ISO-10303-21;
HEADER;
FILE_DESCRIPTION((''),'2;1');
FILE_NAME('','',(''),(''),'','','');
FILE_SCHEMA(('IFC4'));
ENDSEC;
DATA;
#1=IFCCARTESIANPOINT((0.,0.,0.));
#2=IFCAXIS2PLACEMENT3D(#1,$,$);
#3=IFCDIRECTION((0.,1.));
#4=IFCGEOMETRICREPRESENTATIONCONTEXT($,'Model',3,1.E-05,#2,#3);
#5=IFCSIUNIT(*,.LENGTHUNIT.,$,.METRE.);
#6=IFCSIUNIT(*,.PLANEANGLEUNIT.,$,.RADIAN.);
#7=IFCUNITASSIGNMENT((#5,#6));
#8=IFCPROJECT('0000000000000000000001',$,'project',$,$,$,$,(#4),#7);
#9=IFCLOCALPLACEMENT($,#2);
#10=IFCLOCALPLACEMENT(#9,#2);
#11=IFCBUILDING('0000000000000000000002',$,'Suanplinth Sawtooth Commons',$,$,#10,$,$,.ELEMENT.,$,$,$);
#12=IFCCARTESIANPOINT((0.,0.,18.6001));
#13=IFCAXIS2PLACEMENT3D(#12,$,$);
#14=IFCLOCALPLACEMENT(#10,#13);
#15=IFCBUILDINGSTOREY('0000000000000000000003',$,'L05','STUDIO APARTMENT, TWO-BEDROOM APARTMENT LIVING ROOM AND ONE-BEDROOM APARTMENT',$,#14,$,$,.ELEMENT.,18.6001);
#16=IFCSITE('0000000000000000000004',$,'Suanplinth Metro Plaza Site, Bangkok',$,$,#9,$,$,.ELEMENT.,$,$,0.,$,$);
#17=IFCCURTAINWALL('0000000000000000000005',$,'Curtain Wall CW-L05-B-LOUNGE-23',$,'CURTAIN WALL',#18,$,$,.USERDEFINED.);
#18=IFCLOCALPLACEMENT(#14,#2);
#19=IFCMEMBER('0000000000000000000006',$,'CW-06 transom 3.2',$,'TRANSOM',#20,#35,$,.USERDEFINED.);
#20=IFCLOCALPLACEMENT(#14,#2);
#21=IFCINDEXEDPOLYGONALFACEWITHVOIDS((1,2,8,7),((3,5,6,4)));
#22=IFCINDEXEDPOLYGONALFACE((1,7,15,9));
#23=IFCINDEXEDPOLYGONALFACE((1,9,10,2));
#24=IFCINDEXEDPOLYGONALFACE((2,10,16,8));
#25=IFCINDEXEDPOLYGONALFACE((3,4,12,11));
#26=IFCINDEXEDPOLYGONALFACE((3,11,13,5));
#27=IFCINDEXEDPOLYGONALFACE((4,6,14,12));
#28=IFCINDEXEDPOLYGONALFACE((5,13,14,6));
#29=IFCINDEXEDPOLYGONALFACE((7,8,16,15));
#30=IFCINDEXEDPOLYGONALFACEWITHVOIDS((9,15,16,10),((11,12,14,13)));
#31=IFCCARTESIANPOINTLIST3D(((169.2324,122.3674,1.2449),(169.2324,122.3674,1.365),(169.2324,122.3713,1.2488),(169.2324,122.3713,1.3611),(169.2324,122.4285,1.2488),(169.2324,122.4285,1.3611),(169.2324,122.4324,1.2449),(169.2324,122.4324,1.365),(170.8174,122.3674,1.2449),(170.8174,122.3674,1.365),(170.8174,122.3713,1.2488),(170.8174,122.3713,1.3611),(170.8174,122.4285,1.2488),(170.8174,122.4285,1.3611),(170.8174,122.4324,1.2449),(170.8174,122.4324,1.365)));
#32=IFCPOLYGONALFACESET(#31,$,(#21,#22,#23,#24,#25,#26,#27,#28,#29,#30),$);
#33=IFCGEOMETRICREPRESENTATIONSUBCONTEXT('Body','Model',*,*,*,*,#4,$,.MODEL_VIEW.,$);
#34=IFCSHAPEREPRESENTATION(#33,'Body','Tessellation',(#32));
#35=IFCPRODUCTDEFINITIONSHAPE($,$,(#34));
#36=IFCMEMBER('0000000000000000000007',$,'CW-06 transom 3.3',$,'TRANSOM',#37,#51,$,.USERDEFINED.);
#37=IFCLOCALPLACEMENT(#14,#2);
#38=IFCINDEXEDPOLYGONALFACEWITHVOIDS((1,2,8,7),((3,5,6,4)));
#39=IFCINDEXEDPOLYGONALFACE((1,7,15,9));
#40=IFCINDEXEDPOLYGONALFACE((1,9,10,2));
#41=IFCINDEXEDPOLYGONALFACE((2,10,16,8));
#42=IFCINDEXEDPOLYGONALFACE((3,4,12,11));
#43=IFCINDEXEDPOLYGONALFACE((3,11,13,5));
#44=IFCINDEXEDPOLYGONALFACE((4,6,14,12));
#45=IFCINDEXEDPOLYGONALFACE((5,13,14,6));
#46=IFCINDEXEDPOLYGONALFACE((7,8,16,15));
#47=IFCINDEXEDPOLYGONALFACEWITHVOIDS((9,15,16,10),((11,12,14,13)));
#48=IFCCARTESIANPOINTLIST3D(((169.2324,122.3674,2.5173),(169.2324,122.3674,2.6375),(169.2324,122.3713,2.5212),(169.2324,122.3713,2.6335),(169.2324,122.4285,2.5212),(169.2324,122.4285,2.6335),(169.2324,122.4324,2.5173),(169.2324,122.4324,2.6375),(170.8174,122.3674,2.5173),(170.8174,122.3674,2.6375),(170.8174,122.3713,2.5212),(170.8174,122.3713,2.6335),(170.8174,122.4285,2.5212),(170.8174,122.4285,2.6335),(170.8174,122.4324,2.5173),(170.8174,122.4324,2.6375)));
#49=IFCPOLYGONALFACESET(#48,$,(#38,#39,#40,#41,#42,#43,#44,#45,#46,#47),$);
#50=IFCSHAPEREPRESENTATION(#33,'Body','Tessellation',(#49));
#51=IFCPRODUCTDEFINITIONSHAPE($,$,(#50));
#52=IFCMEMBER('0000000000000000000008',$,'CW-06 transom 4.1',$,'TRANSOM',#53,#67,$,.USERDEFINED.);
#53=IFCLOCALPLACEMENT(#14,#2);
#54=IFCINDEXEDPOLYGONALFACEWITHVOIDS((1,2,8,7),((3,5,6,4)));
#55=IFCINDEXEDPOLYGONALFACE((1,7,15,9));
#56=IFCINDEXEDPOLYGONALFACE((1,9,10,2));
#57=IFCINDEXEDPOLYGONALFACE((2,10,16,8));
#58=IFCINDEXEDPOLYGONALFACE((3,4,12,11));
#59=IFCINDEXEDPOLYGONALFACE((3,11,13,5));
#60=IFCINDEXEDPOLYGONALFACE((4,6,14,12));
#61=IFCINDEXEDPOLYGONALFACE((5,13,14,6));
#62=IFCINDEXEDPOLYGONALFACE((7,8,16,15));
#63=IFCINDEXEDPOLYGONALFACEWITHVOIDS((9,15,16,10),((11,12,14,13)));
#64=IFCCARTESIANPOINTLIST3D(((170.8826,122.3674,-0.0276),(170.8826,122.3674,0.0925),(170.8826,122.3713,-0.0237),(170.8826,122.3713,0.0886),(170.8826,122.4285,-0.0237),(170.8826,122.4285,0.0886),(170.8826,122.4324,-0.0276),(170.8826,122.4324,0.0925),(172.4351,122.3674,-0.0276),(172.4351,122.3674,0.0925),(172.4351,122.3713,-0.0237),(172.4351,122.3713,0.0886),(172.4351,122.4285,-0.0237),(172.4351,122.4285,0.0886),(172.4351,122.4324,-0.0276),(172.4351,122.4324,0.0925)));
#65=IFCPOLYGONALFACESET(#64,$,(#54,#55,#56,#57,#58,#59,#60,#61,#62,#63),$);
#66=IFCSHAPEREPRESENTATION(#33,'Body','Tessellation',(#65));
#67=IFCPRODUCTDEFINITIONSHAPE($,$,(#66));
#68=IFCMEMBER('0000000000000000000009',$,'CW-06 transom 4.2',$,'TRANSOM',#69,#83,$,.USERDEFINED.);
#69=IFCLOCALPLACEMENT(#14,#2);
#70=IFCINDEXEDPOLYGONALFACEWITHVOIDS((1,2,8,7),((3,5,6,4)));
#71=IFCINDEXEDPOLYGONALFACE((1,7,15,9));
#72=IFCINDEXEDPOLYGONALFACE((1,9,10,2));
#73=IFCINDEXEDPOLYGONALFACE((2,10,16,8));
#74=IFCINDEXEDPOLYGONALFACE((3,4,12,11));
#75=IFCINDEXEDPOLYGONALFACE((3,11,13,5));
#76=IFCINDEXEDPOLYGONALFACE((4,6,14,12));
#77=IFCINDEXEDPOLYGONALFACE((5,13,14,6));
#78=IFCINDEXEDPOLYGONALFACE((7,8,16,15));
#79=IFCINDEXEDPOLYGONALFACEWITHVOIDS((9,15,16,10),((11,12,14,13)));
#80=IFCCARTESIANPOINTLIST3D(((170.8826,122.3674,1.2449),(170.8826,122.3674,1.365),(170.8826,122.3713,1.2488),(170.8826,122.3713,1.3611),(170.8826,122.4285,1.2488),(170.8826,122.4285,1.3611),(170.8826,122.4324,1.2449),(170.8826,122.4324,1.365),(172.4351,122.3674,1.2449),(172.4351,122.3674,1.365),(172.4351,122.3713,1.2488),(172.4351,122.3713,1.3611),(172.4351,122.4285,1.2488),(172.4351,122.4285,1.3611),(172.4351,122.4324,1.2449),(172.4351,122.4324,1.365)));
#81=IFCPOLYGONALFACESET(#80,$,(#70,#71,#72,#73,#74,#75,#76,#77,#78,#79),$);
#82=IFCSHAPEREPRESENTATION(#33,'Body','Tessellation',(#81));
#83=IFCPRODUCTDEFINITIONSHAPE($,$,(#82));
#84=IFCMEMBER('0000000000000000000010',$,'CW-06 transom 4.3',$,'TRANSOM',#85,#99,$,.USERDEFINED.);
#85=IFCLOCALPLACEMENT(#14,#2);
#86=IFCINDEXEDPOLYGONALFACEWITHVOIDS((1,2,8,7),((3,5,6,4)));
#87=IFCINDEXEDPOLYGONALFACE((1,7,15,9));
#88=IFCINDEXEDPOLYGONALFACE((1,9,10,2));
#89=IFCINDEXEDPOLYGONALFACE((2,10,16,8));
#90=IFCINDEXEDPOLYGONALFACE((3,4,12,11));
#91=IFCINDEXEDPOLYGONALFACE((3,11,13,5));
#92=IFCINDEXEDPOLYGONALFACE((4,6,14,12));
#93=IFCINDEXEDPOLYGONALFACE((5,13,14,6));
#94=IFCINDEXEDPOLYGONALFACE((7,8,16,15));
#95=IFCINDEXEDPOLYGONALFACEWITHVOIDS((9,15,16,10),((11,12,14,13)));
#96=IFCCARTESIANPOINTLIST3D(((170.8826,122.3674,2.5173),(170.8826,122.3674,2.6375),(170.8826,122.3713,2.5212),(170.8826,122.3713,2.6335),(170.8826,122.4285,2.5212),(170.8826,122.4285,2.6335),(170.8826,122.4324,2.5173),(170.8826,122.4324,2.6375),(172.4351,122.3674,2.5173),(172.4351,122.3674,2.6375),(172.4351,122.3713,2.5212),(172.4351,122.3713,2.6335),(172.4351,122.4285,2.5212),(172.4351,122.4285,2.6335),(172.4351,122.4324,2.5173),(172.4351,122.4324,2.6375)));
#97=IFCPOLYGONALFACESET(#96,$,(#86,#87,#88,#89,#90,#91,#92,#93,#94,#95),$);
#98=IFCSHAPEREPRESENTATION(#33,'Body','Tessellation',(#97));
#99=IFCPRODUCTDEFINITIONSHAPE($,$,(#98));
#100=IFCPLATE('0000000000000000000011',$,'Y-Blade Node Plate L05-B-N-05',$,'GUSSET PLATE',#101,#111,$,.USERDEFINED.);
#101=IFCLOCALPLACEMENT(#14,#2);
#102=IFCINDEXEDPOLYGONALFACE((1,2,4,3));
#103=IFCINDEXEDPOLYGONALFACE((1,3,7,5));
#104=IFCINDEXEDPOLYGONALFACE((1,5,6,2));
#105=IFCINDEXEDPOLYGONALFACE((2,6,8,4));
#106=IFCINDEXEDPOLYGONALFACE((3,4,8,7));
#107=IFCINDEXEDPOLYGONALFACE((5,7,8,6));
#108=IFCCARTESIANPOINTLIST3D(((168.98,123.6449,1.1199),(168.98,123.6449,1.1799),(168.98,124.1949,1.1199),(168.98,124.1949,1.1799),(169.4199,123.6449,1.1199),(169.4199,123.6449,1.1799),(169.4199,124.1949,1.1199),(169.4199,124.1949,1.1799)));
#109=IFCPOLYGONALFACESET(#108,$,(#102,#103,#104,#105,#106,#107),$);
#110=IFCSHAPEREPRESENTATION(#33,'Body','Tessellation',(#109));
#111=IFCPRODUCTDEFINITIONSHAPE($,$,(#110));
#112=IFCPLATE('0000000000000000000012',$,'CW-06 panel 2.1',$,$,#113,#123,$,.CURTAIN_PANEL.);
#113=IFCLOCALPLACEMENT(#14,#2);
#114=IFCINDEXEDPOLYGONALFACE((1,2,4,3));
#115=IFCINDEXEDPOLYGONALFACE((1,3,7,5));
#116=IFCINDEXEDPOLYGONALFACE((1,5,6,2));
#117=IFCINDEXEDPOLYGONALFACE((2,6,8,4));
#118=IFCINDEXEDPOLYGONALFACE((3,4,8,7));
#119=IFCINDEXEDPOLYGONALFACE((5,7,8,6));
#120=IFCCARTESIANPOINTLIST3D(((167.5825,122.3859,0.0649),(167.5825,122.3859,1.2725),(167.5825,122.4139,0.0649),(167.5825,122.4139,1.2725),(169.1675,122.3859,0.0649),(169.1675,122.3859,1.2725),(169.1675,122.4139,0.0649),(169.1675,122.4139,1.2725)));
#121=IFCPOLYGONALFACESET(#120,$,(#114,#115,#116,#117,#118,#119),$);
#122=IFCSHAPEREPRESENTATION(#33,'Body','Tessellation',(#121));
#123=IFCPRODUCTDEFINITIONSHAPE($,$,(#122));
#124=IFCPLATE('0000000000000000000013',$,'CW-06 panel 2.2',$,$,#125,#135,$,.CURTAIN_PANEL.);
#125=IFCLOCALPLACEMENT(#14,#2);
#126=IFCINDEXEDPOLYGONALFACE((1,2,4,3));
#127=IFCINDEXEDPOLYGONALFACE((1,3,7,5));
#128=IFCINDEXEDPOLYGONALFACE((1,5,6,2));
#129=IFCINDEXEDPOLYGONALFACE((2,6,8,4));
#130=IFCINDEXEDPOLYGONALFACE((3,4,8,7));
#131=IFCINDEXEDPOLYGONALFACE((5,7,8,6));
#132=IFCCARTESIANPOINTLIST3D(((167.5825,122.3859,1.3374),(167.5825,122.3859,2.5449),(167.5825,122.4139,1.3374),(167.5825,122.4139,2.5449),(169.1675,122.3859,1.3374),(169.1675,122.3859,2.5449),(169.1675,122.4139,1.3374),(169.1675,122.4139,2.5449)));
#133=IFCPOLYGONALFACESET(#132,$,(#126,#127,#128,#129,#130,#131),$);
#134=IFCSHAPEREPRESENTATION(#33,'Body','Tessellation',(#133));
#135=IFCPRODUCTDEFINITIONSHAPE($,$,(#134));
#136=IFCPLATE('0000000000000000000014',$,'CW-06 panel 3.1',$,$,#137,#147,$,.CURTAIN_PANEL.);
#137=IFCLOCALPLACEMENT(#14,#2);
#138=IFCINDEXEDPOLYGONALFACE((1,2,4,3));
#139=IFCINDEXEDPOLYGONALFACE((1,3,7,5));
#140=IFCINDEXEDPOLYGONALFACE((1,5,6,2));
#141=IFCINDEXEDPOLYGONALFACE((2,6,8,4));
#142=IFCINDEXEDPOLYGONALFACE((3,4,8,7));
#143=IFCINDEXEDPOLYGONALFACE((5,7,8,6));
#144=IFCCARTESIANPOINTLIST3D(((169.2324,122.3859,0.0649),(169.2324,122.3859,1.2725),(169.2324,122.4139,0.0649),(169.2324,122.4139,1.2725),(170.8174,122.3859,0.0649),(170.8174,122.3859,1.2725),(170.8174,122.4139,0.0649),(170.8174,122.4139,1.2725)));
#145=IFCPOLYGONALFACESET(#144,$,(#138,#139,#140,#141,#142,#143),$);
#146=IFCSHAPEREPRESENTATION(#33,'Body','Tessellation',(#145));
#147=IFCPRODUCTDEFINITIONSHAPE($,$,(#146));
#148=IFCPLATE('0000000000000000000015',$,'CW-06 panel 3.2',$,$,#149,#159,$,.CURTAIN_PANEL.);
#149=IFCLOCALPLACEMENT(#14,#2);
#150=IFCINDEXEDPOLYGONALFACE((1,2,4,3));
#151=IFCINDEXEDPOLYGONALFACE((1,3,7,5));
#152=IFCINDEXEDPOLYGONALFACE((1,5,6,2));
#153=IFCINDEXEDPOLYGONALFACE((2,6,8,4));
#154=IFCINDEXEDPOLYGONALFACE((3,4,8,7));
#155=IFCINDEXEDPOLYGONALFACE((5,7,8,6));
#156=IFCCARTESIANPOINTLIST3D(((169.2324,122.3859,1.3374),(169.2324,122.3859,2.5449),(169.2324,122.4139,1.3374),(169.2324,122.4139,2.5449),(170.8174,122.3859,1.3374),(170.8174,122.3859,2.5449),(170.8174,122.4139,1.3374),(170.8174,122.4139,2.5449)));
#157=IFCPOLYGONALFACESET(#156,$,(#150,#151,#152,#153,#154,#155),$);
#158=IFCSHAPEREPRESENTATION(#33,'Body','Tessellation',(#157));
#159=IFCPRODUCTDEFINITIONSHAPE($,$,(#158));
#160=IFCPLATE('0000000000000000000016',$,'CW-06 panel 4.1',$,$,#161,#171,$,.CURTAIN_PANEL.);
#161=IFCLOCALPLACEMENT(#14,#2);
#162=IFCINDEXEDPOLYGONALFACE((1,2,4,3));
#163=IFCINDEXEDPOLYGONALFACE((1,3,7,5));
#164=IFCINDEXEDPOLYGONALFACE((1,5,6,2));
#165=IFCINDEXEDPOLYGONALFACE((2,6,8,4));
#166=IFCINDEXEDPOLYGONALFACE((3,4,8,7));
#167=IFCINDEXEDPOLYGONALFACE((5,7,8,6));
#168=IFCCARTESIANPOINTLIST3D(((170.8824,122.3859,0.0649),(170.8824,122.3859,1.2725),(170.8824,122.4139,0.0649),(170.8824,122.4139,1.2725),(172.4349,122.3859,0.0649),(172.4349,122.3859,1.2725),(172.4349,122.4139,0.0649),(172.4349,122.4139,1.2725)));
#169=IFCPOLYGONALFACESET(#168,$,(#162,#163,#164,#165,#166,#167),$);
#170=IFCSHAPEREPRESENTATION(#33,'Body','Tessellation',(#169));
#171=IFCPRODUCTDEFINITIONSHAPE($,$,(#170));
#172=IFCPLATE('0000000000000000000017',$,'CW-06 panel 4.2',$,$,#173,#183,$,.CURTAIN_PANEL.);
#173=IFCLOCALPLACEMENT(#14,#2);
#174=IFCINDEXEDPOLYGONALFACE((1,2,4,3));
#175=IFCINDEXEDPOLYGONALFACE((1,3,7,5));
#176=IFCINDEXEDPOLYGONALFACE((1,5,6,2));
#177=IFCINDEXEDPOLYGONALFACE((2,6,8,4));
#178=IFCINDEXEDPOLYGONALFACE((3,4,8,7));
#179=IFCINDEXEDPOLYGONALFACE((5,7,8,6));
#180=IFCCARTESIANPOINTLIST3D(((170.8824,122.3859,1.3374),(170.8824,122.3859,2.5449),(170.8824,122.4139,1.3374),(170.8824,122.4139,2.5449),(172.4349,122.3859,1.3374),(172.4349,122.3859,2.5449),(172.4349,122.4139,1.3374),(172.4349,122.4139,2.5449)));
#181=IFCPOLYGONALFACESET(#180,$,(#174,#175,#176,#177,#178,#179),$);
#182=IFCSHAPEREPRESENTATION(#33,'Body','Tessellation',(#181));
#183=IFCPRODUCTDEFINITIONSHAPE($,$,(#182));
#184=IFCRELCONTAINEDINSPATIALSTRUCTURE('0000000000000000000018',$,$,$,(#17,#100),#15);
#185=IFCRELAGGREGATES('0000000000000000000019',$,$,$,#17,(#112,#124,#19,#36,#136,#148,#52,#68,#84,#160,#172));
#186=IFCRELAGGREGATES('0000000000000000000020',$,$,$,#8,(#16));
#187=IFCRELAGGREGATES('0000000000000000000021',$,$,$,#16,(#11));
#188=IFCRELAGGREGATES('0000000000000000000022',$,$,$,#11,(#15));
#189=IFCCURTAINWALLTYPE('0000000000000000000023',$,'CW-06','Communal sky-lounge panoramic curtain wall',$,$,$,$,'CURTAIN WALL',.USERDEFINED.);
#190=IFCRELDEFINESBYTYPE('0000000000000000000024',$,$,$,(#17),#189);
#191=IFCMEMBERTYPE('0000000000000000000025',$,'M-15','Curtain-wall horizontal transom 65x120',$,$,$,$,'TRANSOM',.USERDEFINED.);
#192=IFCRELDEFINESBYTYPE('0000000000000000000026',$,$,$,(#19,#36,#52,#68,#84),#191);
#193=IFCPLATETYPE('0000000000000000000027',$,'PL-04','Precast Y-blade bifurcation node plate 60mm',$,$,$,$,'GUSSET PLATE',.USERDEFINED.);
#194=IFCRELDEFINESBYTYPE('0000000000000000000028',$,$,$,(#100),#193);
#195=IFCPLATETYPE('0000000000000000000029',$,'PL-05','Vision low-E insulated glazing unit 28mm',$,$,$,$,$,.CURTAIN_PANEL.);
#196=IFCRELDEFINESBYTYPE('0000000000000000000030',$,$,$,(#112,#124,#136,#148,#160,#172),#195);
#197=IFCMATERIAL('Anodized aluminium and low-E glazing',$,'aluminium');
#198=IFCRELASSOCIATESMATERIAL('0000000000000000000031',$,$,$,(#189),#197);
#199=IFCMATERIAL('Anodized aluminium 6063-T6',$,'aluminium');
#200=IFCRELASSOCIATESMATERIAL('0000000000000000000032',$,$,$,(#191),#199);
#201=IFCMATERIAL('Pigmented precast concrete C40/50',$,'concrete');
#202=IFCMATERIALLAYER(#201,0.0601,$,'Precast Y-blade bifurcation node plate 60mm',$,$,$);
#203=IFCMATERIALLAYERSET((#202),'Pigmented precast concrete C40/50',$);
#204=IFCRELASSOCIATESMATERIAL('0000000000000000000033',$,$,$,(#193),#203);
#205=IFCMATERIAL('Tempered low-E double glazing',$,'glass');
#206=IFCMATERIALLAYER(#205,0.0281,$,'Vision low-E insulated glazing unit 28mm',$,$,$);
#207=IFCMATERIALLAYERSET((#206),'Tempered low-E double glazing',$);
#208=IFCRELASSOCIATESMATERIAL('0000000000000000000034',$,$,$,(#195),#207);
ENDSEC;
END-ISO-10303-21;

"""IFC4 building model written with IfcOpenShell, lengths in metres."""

from ifc_helpers import new_model, si_unit, direction, frame, origin, origin_2d, place, context, subcontext, project, spatial, rectangle, hollow_rectangle, extrude, material, layer, layer_set, material_profile, profile_set, type_object, element, aggregate, save


model = new_model("IFC4")

# Units and contexts
model_context = context("Model", 3, precision=1e-05, world=origin(), true_north=direction((0.0, 1.0)))
body_context = subcontext(model_context, "Body", "Model", "MODEL_VIEW")
ifc_project = project(units=[si_unit("LENGTHUNIT", "METRE"), si_unit("PLANEANGLEUNIT", "RADIAN")], contexts=[model_context])

# Site, building, storey
site_placement = place(None, origin())
site = spatial("IfcSite", under=ifc_project, at=site_placement, Name="Suanplinth Metro Plaza Site, Bangkok", CompositionType="ELEMENT", RefElevation=0.0)
building_placement = place(site_placement, origin())
building = spatial("IfcBuilding", under=site, at=building_placement, Name="Suanplinth Sawtooth Commons", CompositionType="ELEMENT")
storey_placement = place(building_placement, frame((0.0, 0.0, 18.6001)))
storey = spatial("IfcBuildingStorey", under=building, at=storey_placement, Name="L05", Description="STUDIO APARTMENT, TWO-BEDROOM APARTMENT LIVING ROOM AND ONE-BEDROOM APARTMENT", CompositionType="ELEMENT", Elevation=18.6001)

# Shared definitions
ifc_material_1 = material(Name="Pigmented precast concrete C40/50", Category="concrete")

# Curtain wall, members
ifc_material_2 = material(Name="Anodized aluminium and low-E glazing", Category="aluminium")
curtain_wall_type = type_object("IfcCurtainWallType", Name="CW-06", Description="Communal sky-lounge panoramic curtain wall", ElementType="CURTAIN WALL", PredefinedType="USERDEFINED", material=ifc_material_2)
curtain_wall_placement = place(storey_placement, origin())
curtain_wall = element("IfcCurtainWall", 1, at=curtain_wall_placement, inside=storey, type_object=curtain_wall_type, Name="Curtain Wall CW-L05-B-LOUNGE-23", ObjectType="CURTAIN WALL", PredefinedType="USERDEFINED")
ifc_material_3 = material(Name="Anodized aluminium 6063-T6", Category="aluminium")
ifc_material_profile_1 = material_profile(ifc_material_3, hollow_rectangle(XDim=0.0649, YDim=0.1201, WallThickness=0.0039, at=origin_2d()), Name="ALU-TRN 65x120")
ifc_profile_set_1 = profile_set([ifc_material_profile_1], Name="Anodized aluminium 6063-T6")
member_type_1 = type_object("IfcMemberType", Name="M-15", Description="Curtain-wall horizontal transom 65x120", ElementType="TRANSOM", PredefinedType="USERDEFINED", material=ifc_profile_set_1)
member_1_placement = place(storey_placement, frame((169.2324, 122.3999, 1.3049), z_axis=(1.0, 0.0, 0.0), x_axis=(0.0, 1.0, 0.0)))
member_1 = element("IfcMember", 2, at=member_1_placement, type_object=member_type_1, Name="CW-06 transom 3.2", ObjectType="TRANSOM", PredefinedType="USERDEFINED", context=body_context, shape_type="SweptSolid", body=[
    extrude(hollow_rectangle(XDim=0.0649, YDim=0.1201, WallThickness=0.0039, at=origin_2d()), origin(), (0.0, 0.0, 1.0), 1.585),
])
member_2_placement = place(storey_placement, frame((169.2324, 122.3999, 2.5774), z_axis=(1.0, 0.0, 0.0), x_axis=(0.0, 1.0, 0.0)))
member_2 = element("IfcMember", 3, at=member_2_placement, type_object=member_type_1, Name="CW-06 transom 3.3", ObjectType="TRANSOM", PredefinedType="USERDEFINED", context=body_context, shape_type="SweptSolid", body=[
    extrude(hollow_rectangle(XDim=0.0649, YDim=0.1201, WallThickness=0.0039, at=origin_2d()), origin(), (0.0, 0.0, 1.0), 1.585),
])
member_3_placement = place(storey_placement, frame((170.8826, 122.3999, 0.0325), z_axis=(1.0, 0.0, 0.0), x_axis=(0.0, 1.0, 0.0)))
member_3 = element("IfcMember", 4, at=member_3_placement, type_object=member_type_1, Name="CW-06 transom 4.1", ObjectType="TRANSOM", PredefinedType="USERDEFINED", context=body_context, shape_type="SweptSolid", body=[
    extrude(hollow_rectangle(XDim=0.0649, YDim=0.1201, WallThickness=0.0039, at=origin_2d()), origin(), (0.0, 0.0, 1.0), 1.5525),
])
member_4_placement = place(storey_placement, frame((170.8826, 122.3999, 1.3049), z_axis=(1.0, 0.0, 0.0), x_axis=(0.0, 1.0, 0.0)))
member_4 = element("IfcMember", 5, at=member_4_placement, type_object=member_type_1, Name="CW-06 transom 4.2", ObjectType="TRANSOM", PredefinedType="USERDEFINED", context=body_context, shape_type="SweptSolid", body=[
    extrude(hollow_rectangle(XDim=0.0649, YDim=0.1201, WallThickness=0.0039, at=origin_2d()), origin(), (0.0, 0.0, 1.0), 1.5525),
])
member_5_placement = place(storey_placement, frame((170.8826, 122.3999, 2.5774), z_axis=(1.0, 0.0, 0.0), x_axis=(0.0, 1.0, 0.0)))
member_5 = element("IfcMember", 6, at=member_5_placement, type_object=member_type_1, Name="CW-06 transom 4.3", ObjectType="TRANSOM", PredefinedType="USERDEFINED", context=body_context, shape_type="SweptSolid", body=[
    extrude(hollow_rectangle(XDim=0.0649, YDim=0.1201, WallThickness=0.0039, at=origin_2d()), origin(), (0.0, 0.0, 1.0), 1.5525),
])

# Plates
ifc_layer_1 = layer(ifc_material_1, 0.0601, Name="Precast Y-blade bifurcation node plate 60mm")
ifc_layer_set_1 = layer_set([ifc_layer_1], Name="Pigmented precast concrete C40/50")
plate_type_1 = type_object("IfcPlateType", Name="PL-04", Description="Precast Y-blade bifurcation node plate 60mm", ElementType="GUSSET PLATE", PredefinedType="USERDEFINED", material=ifc_layer_set_1)
plate_1_placement = place(storey_placement, frame((169.2, 123.9199, 1.1199), z_axis=(0.0, 0.0, 1.0), x_axis=(1.0, 0.0, 0.0)))
element("IfcPlate", 7, at=plate_1_placement, inside=storey, type_object=plate_type_1, Name="Y-Blade Node Plate L05-B-N-05", ObjectType="GUSSET PLATE", PredefinedType="USERDEFINED", context=body_context, shape_type="SweptSolid", body=[
    extrude(rectangle(XDim=0.4399, YDim=0.55, at=origin_2d()), origin(), (0.0, 0.0, 1.0), 0.0601),
])
ifc_material_4 = material(Name="Tempered low-E double glazing", Category="glass")
ifc_layer_2 = layer(ifc_material_4, 0.0281, Name="Vision low-E insulated glazing unit 28mm")
ifc_layer_set_2 = layer_set([ifc_layer_2], Name="Tempered low-E double glazing")
plate_type_2 = type_object("IfcPlateType", Name="PL-05", Description="Vision low-E insulated glazing unit 28mm", PredefinedType="CURTAIN_PANEL", material=ifc_layer_set_2)
plate_2_placement = place(storey_placement, frame((168.375, 122.3999, 0.0649), z_axis=(0.0, 0.0, 1.0), x_axis=(1.0, 0.0, 0.0)))
plate_2 = element("IfcPlate", 8, at=plate_2_placement, type_object=plate_type_2, Name="CW-06 panel 2.1", PredefinedType="CURTAIN_PANEL", context=body_context, shape_type="SweptSolid", body=[
    extrude(rectangle(XDim=1.585, YDim=0.0281, at=origin_2d()), origin(), (0.0, 0.0, 1.0), 1.2075),
])
plate_3_placement = place(storey_placement, frame((168.375, 122.3999, 1.3374), z_axis=(0.0, 0.0, 1.0), x_axis=(1.0, 0.0, 0.0)))
plate_3 = element("IfcPlate", 9, at=plate_3_placement, type_object=plate_type_2, Name="CW-06 panel 2.2", PredefinedType="CURTAIN_PANEL", context=body_context, shape_type="SweptSolid", body=[
    extrude(rectangle(XDim=1.585, YDim=0.0281, at=origin_2d()), origin(), (0.0, 0.0, 1.0), 1.2075),
])
plate_4_placement = place(storey_placement, frame((170.0249, 122.3999, 0.0649), z_axis=(0.0, 0.0, 1.0), x_axis=(1.0, 0.0, 0.0)))
plate_4 = element("IfcPlate", 10, at=plate_4_placement, type_object=plate_type_2, Name="CW-06 panel 3.1", PredefinedType="CURTAIN_PANEL", context=body_context, shape_type="SweptSolid", body=[
    extrude(rectangle(XDim=1.585, YDim=0.0281, at=origin_2d()), origin(), (0.0, 0.0, 1.0), 1.2075),
])
plate_5_placement = place(storey_placement, frame((170.0249, 122.3999, 1.3374), z_axis=(0.0, 0.0, 1.0), x_axis=(1.0, 0.0, 0.0)))
plate_5 = element("IfcPlate", 11, at=plate_5_placement, type_object=plate_type_2, Name="CW-06 panel 3.2", PredefinedType="CURTAIN_PANEL", context=body_context, shape_type="SweptSolid", body=[
    extrude(rectangle(XDim=1.585, YDim=0.0281, at=origin_2d()), origin(), (0.0, 0.0, 1.0), 1.2075),
])
plate_6_placement = place(storey_placement, frame((171.6587, 122.3999, 0.0649), z_axis=(0.0, 0.0, 1.0), x_axis=(1.0, 0.0, 0.0)))
plate_6 = element("IfcPlate", 12, at=plate_6_placement, type_object=plate_type_2, Name="CW-06 panel 4.1", PredefinedType="CURTAIN_PANEL", context=body_context, shape_type="SweptSolid", body=[
    extrude(rectangle(XDim=1.5525, YDim=0.0281, at=origin_2d()), origin(), (0.0, 0.0, 1.0), 1.2075),
])
plate_7_placement = place(storey_placement, frame((171.6587, 122.3999, 1.3374), z_axis=(0.0, 0.0, 1.0), x_axis=(1.0, 0.0, 0.0)))
plate_7 = element("IfcPlate", 13, at=plate_7_placement, type_object=plate_type_2, Name="CW-06 panel 4.2", PredefinedType="CURTAIN_PANEL", context=body_context, shape_type="SweptSolid", body=[
    extrude(rectangle(XDim=1.5525, YDim=0.0281, at=origin_2d()), origin(), (0.0, 0.0, 1.0), 1.2075),
])
aggregate(curtain_wall, [plate_2, plate_3, member_1, member_2, plate_4, plate_5, member_3, member_4, member_5, plate_6, plate_7])

save(model, "model.ifc")
